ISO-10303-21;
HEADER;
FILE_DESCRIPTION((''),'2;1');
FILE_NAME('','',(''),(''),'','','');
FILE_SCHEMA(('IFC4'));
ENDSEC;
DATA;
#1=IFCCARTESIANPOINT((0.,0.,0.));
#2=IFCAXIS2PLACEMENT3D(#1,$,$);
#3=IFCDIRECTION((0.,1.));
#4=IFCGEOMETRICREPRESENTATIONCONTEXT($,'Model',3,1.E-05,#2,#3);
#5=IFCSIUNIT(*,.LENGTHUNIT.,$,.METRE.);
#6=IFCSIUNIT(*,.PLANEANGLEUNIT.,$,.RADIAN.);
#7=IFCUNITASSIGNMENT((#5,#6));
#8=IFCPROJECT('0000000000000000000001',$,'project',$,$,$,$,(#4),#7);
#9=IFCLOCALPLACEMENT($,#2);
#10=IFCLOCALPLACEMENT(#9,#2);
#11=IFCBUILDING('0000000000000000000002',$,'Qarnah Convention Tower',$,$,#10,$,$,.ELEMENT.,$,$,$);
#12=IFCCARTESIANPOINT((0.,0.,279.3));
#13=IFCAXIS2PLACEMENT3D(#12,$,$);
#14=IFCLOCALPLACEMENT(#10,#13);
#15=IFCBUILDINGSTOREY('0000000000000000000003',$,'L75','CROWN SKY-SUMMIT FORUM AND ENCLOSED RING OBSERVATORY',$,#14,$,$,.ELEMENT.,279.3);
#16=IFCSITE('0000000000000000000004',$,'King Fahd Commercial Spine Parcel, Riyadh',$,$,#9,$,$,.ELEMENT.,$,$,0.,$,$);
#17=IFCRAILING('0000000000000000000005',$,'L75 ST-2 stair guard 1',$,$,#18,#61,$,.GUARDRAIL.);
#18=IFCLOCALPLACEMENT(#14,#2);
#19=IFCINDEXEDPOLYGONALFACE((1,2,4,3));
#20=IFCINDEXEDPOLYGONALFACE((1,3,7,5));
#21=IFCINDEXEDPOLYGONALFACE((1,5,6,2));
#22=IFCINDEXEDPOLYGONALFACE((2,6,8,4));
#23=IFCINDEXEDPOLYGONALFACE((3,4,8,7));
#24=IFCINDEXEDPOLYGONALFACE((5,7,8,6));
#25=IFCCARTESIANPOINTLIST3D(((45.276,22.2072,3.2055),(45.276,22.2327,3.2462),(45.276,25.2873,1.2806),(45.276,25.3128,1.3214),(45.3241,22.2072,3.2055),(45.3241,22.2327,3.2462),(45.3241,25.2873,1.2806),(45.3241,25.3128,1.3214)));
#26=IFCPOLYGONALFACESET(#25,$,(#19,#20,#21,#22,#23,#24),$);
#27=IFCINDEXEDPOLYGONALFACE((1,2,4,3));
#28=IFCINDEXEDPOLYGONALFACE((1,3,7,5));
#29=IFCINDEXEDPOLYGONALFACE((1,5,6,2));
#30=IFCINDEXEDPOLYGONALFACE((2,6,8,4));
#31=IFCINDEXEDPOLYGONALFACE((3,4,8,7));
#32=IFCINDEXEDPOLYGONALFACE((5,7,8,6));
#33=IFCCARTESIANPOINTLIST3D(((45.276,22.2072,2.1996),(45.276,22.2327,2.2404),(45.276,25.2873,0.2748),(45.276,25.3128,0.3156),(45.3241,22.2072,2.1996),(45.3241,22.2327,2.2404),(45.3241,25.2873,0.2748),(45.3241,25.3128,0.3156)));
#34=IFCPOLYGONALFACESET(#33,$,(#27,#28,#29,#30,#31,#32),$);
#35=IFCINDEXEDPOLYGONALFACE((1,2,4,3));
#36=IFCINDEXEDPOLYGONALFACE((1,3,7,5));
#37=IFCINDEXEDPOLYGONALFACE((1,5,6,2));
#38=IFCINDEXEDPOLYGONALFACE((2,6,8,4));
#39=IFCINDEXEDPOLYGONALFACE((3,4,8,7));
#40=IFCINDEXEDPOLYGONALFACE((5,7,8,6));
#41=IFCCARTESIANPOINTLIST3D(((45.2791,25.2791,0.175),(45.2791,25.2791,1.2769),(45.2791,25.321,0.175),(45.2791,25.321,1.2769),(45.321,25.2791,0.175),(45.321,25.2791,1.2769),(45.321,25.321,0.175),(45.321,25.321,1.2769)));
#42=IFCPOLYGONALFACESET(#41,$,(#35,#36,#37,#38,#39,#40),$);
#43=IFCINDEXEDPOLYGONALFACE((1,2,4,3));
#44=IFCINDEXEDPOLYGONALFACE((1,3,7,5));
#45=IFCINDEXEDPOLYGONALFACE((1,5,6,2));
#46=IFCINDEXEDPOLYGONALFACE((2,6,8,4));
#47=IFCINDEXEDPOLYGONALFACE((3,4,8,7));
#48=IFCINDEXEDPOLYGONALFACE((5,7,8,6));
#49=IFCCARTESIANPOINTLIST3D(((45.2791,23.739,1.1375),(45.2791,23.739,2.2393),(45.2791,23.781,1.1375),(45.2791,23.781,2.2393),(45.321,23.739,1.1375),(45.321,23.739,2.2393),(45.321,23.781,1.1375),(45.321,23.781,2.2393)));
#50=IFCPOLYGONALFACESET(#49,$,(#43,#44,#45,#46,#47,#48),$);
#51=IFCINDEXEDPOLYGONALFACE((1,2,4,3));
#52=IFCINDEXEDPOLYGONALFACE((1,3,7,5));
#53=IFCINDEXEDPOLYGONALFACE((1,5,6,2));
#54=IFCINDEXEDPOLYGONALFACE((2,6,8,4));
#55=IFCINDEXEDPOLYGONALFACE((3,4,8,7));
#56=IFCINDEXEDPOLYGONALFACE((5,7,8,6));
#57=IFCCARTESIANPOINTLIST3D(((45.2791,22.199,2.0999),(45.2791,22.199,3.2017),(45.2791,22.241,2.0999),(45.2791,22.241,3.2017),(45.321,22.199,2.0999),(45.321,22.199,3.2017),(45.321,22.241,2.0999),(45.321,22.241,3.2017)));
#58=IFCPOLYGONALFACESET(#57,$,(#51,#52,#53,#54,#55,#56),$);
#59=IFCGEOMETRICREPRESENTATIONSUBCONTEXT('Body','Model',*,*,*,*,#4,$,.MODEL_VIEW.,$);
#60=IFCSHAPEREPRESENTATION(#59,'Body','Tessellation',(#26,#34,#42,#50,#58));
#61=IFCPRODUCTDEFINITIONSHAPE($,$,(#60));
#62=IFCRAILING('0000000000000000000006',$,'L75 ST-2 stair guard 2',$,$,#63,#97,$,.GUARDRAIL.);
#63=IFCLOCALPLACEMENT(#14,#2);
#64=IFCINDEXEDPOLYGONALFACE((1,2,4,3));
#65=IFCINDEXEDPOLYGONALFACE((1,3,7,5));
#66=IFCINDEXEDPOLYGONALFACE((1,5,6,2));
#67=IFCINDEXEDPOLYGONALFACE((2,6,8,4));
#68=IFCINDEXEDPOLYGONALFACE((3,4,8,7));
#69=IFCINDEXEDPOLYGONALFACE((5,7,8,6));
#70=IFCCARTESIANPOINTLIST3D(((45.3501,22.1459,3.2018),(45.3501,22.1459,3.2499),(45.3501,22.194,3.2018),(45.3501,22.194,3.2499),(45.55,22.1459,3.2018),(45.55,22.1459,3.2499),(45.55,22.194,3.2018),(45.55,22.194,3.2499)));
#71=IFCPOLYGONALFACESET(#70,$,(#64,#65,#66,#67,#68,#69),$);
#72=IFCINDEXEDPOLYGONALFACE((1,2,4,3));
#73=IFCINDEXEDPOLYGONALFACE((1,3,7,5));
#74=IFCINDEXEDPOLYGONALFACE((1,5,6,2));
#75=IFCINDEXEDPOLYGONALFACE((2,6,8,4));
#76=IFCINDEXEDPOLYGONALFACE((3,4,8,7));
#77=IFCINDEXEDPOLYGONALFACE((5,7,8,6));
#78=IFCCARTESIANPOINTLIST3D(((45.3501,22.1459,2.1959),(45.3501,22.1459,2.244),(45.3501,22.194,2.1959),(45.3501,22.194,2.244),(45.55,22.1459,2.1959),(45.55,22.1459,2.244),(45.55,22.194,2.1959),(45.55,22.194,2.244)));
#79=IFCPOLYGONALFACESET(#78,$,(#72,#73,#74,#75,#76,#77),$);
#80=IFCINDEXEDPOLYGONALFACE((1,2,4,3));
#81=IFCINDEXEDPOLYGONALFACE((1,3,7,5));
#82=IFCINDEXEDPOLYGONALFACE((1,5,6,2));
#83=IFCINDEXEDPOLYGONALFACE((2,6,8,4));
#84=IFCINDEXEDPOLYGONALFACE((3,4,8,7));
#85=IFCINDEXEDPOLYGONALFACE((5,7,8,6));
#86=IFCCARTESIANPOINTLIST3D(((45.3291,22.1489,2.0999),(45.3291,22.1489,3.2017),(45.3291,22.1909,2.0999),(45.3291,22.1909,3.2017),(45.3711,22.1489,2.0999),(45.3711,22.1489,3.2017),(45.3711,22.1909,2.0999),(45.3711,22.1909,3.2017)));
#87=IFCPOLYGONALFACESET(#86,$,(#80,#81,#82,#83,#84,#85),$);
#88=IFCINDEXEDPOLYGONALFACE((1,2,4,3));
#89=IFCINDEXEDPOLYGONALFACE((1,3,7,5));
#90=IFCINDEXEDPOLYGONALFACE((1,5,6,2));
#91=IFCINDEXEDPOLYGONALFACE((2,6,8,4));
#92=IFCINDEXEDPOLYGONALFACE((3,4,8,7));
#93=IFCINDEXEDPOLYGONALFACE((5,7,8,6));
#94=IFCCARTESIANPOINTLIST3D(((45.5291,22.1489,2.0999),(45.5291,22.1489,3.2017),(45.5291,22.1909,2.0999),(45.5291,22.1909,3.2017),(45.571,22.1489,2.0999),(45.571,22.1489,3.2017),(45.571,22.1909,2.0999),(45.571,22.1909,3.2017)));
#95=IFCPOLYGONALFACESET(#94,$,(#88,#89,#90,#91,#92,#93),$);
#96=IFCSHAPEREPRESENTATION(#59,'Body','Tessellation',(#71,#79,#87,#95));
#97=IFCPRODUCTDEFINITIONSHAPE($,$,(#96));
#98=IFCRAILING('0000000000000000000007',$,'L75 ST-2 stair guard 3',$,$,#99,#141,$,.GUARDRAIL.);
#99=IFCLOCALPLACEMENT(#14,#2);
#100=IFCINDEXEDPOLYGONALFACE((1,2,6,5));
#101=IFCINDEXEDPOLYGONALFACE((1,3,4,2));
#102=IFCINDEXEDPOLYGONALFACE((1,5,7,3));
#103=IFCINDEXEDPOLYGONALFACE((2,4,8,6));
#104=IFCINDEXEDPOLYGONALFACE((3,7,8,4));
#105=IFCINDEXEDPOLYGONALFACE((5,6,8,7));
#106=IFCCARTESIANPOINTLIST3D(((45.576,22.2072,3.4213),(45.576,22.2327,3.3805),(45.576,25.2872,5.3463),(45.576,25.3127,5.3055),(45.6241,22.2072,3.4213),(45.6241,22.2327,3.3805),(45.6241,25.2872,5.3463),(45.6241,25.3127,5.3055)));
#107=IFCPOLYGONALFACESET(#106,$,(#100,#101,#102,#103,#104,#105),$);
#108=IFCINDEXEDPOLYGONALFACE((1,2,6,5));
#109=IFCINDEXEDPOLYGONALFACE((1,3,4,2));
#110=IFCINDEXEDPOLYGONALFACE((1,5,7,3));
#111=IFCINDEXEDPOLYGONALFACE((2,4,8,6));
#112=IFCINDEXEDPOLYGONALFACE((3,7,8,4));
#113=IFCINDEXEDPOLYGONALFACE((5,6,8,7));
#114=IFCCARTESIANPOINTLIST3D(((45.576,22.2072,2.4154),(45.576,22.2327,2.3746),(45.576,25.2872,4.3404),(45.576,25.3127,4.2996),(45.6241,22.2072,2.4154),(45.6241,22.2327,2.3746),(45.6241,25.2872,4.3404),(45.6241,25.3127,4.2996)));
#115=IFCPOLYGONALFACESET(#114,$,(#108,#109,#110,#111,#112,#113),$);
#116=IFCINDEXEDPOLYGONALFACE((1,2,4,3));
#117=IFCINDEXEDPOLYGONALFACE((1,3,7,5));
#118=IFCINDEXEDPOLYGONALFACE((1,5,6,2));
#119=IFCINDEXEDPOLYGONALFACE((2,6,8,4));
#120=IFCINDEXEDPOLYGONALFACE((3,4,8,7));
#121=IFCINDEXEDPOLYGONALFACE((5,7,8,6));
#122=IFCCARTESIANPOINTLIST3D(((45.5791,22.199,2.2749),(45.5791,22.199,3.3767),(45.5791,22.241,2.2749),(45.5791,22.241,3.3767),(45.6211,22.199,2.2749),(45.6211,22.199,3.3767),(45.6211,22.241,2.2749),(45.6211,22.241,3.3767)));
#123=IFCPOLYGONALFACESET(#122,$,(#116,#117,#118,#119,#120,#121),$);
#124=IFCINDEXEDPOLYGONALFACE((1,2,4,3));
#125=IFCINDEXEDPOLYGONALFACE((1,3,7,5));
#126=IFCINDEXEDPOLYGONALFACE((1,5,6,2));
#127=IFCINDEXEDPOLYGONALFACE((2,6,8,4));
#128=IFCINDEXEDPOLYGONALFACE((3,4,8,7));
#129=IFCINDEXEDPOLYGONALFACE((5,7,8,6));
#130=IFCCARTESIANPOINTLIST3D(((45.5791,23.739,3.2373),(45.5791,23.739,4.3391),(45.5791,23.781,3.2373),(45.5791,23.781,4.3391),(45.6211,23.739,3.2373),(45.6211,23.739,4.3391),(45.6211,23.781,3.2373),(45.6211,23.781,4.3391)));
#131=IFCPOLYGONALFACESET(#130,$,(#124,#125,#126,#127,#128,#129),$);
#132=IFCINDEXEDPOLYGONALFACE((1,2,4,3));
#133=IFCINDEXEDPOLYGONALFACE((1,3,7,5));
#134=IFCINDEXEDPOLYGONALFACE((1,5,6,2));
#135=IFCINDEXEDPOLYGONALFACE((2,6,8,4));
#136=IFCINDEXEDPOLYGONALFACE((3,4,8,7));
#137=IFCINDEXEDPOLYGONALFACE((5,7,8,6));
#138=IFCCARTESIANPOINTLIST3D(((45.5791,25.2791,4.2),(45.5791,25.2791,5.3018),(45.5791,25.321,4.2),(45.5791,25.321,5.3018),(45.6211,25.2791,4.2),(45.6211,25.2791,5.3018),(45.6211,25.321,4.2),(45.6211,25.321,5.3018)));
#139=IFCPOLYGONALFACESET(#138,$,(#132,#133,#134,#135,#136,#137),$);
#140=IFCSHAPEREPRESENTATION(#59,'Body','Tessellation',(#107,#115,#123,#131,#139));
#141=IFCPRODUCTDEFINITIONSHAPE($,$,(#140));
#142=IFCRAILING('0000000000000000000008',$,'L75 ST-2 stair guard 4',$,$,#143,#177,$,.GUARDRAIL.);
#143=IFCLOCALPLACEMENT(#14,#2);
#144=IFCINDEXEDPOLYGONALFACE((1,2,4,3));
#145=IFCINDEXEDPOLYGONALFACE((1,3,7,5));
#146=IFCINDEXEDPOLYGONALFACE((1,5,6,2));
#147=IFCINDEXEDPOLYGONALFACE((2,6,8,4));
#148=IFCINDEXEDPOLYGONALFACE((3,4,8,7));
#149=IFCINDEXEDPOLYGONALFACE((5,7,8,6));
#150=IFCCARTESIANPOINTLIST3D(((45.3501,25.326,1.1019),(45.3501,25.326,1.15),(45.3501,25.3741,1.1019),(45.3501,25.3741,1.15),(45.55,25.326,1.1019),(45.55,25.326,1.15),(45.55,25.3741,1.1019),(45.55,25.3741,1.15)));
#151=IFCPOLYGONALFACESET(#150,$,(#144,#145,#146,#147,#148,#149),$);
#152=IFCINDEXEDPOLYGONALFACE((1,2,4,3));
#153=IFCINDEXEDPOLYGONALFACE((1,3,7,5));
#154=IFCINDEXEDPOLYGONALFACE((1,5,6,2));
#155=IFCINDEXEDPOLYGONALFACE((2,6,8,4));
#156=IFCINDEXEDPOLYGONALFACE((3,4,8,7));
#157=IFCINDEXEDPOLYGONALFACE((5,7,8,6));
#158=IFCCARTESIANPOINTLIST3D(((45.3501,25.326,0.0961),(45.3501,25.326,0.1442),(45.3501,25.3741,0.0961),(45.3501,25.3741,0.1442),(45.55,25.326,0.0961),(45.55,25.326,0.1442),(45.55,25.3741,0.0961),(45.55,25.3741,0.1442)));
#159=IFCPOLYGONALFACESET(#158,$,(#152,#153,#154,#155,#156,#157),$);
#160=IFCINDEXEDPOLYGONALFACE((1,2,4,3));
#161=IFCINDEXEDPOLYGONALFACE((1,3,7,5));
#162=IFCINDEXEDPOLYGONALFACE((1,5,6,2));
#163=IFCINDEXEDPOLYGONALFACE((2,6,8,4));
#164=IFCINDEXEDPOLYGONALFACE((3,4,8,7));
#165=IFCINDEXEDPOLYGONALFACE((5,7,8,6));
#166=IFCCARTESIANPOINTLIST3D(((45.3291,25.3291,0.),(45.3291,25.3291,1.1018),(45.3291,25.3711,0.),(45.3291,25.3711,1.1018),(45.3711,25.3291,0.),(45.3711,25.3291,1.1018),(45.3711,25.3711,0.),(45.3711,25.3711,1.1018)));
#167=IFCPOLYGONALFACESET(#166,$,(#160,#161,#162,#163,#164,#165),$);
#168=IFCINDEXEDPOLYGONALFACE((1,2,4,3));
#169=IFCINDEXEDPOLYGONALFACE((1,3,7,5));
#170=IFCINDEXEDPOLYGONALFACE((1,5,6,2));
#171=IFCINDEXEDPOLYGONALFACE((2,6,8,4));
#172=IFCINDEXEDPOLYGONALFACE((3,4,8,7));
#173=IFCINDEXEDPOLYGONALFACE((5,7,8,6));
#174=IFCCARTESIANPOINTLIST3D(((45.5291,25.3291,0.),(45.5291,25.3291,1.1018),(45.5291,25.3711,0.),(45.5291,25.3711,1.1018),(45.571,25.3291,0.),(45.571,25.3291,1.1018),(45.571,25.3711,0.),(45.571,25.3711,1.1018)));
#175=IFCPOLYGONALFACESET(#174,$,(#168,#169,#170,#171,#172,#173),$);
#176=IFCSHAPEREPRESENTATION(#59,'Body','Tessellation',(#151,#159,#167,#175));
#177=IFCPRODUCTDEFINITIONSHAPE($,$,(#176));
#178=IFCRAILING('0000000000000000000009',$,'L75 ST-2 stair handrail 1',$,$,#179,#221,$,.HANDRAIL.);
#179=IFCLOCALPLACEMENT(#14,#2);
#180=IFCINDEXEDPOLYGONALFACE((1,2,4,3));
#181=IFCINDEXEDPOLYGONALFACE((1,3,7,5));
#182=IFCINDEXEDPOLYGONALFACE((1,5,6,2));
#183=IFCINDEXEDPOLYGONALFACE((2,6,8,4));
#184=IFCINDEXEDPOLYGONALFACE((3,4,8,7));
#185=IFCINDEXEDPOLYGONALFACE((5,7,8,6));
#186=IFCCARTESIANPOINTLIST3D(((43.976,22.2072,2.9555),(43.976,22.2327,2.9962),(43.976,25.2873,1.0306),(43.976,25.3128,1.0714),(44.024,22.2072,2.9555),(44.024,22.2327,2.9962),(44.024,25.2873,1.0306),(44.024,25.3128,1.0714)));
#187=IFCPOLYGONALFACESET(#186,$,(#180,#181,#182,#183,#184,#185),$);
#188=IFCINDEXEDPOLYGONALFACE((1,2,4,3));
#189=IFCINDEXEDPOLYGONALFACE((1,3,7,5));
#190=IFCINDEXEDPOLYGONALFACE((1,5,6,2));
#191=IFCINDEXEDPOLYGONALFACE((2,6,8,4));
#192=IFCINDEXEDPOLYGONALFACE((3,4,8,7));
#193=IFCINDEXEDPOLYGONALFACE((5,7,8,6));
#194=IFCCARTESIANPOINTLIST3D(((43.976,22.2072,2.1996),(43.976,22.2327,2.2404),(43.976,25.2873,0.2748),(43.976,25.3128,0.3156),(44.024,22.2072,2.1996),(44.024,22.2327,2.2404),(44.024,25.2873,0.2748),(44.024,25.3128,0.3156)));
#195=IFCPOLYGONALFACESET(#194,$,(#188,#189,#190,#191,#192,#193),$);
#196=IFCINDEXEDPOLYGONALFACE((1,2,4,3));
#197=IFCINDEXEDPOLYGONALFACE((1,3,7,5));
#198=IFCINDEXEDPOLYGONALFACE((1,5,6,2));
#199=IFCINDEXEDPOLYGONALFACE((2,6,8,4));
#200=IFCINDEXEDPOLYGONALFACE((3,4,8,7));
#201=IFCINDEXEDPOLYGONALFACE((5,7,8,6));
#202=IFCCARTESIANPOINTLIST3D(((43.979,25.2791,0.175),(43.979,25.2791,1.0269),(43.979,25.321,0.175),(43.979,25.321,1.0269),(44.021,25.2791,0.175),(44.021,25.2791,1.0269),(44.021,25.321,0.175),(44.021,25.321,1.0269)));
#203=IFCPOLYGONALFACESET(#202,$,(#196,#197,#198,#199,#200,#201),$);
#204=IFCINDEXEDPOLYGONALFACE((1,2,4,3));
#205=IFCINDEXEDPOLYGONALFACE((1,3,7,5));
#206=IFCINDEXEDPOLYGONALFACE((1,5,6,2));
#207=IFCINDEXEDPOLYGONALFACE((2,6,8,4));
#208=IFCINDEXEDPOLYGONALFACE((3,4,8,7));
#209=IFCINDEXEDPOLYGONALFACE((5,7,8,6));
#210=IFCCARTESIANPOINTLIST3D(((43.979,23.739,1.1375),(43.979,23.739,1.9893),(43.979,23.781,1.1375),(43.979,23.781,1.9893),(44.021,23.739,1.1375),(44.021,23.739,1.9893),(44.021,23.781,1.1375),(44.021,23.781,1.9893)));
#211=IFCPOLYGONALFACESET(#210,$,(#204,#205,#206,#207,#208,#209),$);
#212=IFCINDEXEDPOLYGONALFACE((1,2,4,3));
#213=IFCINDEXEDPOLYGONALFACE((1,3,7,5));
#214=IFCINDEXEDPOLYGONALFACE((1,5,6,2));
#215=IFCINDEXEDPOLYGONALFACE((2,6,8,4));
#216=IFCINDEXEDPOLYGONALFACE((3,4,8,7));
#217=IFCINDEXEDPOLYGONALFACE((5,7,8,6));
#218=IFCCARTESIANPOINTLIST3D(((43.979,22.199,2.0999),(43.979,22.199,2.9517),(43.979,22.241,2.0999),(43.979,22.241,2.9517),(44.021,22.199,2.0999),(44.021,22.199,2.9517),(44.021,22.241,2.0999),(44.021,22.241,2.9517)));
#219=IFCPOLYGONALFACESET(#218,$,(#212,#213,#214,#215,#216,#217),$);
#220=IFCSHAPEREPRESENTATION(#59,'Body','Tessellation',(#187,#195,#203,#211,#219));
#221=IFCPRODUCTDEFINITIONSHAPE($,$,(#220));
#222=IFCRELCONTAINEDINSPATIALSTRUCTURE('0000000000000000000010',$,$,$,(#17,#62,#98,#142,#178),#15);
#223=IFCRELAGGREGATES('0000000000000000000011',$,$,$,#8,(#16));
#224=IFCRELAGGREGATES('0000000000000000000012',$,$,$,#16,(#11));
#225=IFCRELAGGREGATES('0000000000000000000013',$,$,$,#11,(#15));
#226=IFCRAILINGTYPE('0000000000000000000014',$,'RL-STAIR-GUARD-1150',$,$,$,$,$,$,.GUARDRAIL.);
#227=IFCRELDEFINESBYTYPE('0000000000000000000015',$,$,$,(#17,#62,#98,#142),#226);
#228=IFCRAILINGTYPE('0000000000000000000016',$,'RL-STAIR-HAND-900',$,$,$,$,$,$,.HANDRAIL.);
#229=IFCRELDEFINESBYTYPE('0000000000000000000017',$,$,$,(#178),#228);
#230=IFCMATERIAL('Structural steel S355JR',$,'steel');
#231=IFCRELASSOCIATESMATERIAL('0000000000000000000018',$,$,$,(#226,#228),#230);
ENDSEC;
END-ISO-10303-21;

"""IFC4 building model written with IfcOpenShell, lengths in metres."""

from ifc_helpers import new_model, si_unit, direction, frame, origin, origin_2d, place, context, subcontext, project, spatial, rectangle, extrude, material, type_object, element, save


model = new_model("IFC4")

# Units and contexts
model_context = context("Model", 3, precision=1e-05, world=origin(), true_north=direction((0.0, 1.0)))
body_context = subcontext(model_context, "Body", "Model", "MODEL_VIEW")
ifc_project = project(units=[si_unit("LENGTHUNIT", "METRE"), si_unit("PLANEANGLEUNIT", "RADIAN")], contexts=[model_context])

# Site, building, storey
site_placement = place(None, origin())
site = spatial("IfcSite", under=ifc_project, at=site_placement, Name="King Fahd Commercial Spine Parcel, Riyadh", CompositionType="ELEMENT", RefElevation=0.0)
building_placement = place(site_placement, origin())
building = spatial("IfcBuilding", under=site, at=building_placement, Name="Qarnah Convention Tower", CompositionType="ELEMENT")
storey_placement = place(building_placement, frame((0.0, 0.0, 279.3)))
storey = spatial("IfcBuildingStorey", under=building, at=storey_placement, Name="L75", Description="CROWN SKY-SUMMIT FORUM AND ENCLOSED RING OBSERVATORY", CompositionType="ELEMENT", Elevation=279.3)

# Shared definitions
ifc_material_1 = material(Name="Structural steel S355JR", Category="steel")

# Railings
railing_type_1 = type_object("IfcRailingType", Name="RL-STAIR-GUARD-1150", PredefinedType="GUARDRAIL", material=ifc_material_1)
railing_1_placement = place(storey_placement, frame((45.3, 25.3, 0.175)))
element("IfcRailing", 1, at=railing_1_placement, inside=storey, type_object=railing_type_1, Name="L75 ST-2 stair guard 1", PredefinedType="GUARDRAIL", context=body_context, shape_type="SweptSolid", body=[
    extrude(rectangle(XDim=0.0481, YDim=0.0481, at=origin_2d()), frame((0.0, 0.0, 1.126), z_axis=(0.0, -0.848029, 0.529951), x_axis=(1.0, 0.0, 0.0)), (0.0, 0.0, 1.0), 3.6321),
    extrude(rectangle(XDim=0.0481, YDim=0.0481, at=origin_2d()), frame((0.0, 0.0, 0.1201), z_axis=(0.0, -0.848029, 0.529951), x_axis=(1.0, 0.0, 0.0)), (0.0, 0.0, 1.0), 3.6321),
    extrude(rectangle(XDim=0.042, YDim=0.042, at=origin_2d()), origin(), (0.0, 0.0, 1.0), 1.1018),
    extrude(rectangle(XDim=0.042, YDim=0.042, at=origin_2d()), frame((0.0, -1.54, 0.9624)), (0.0, 0.0, 1.0), 1.1018),
    extrude(rectangle(XDim=0.042, YDim=0.042, at=origin_2d()), frame((0.0, -3.0801, 1.9248)), (0.0, 0.0, 1.0), 1.1018),
])
railing_2_placement = place(storey_placement, frame((45.3501, 22.1699, 2.0999)))
element("IfcRailing", 2, at=railing_2_placement, inside=storey, type_object=railing_type_1, Name="L75 ST-2 stair guard 2", PredefinedType="GUARDRAIL", context=body_context, shape_type="SweptSolid", body=[
    extrude(rectangle(XDim=0.0481, YDim=0.0481, at=origin_2d()), frame((0.0, 0.0, 1.126), z_axis=(1.0, 0.0, 0.0), x_axis=(0.0, 1.0, 0.0)), (0.0, 0.0, 1.0), 0.2),
    extrude(rectangle(XDim=0.0481, YDim=0.0481, at=origin_2d()), frame((0.0, 0.0, 0.1201), z_axis=(1.0, 0.0, 0.0), x_axis=(0.0, 1.0, 0.0)), (0.0, 0.0, 1.0), 0.2),
    extrude(rectangle(XDim=0.042, YDim=0.042, at=origin_2d()), origin(), (0.0, 0.0, 1.0), 1.1018),
    extrude(rectangle(XDim=0.042, YDim=0.042, at=origin_2d()), frame((0.2, 0.0, 0.0)), (0.0, 0.0, 1.0), 1.1018),
])
railing_3_placement = place(storey_placement, frame((45.6001, 22.22, 2.2749)))
element("IfcRailing", 3, at=railing_3_placement, inside=storey, type_object=railing_type_1, Name="L75 ST-2 stair guard 3", PredefinedType="GUARDRAIL", context=body_context, shape_type="SweptSolid", body=[
    extrude(rectangle(XDim=0.0481, YDim=0.0481, at=origin_2d()), frame((0.0, 0.0, 1.126), z_axis=(0.0, 0.847998, 0.529999), x_axis=(-1.0, 0.0, 0.0)), (0.0, 0.0, 1.0), 3.6321),
    extrude(rectangle(XDim=0.0481, YDim=0.0481, at=origin_2d()), frame((0.0, 0.0, 0.1201), z_axis=(0.0, 0.847998, 0.529999), x_axis=(-1.0, 0.0, 0.0)), (0.0, 0.0, 1.0), 3.6321),
    extrude(rectangle(XDim=0.042, YDim=0.042, at=origin_2d()), origin(), (0.0, 0.0, 1.0), 1.1018),
    extrude(rectangle(XDim=0.042, YDim=0.042, at=origin_2d()), frame((0.0, 1.54, 0.9624)), (0.0, 0.0, 1.0), 1.1018),
    extrude(rectangle(XDim=0.042, YDim=0.042, at=origin_2d()), frame((0.0, 3.0801, 1.925)), (0.0, 0.0, 1.0), 1.1018),
])
railing_4_placement = place(storey_placement, frame((45.3501, 25.3501, 0.0)))
element("IfcRailing", 4, at=railing_4_placement, inside=storey, type_object=railing_type_1, Name="L75 ST-2 stair guard 4", PredefinedType="GUARDRAIL", context=body_context, shape_type="SweptSolid", body=[
    extrude(rectangle(XDim=0.0481, YDim=0.0481, at=origin_2d()), frame((0.0, 0.0, 1.126), z_axis=(1.0, 0.0, 0.0), x_axis=(0.0, 1.0, 0.0)), (0.0, 0.0, 1.0), 0.2),
    extrude(rectangle(XDim=0.0481, YDim=0.0481, at=origin_2d()), frame((0.0, 0.0, 0.1201), z_axis=(1.0, 0.0, 0.0), x_axis=(0.0, 1.0, 0.0)), (0.0, 0.0, 1.0), 0.2),
    extrude(rectangle(XDim=0.042, YDim=0.042, at=origin_2d()), origin(), (0.0, 0.0, 1.0), 1.1018),
    extrude(rectangle(XDim=0.042, YDim=0.042, at=origin_2d()), frame((0.2, 0.0, 0.0)), (0.0, 0.0, 1.0), 1.1018),
])
railing_type_2 = type_object("IfcRailingType", Name="RL-STAIR-HAND-900", PredefinedType="HANDRAIL", material=ifc_material_1)
railing_5_placement = place(storey_placement, frame((44.0, 25.3, 0.175)))
element("IfcRailing", 5, at=railing_5_placement, inside=storey, type_object=railing_type_2, Name="L75 ST-2 stair handrail 1", PredefinedType="HANDRAIL", context=body_context, shape_type="SweptSolid", body=[
    extrude(rectangle(XDim=0.0481, YDim=0.0481, at=origin_2d()), frame((0.0, 0.0, 0.876), z_axis=(0.0, -0.848029, 0.529951), x_axis=(1.0, 0.0, 0.0)), (0.0, 0.0, 1.0), 3.6321),
    extrude(rectangle(XDim=0.0481, YDim=0.0481, at=origin_2d()), frame((0.0, 0.0, 0.1201), z_axis=(0.0, -0.848029, 0.529951), x_axis=(1.0, 0.0, 0.0)), (0.0, 0.0, 1.0), 3.6321),
    extrude(rectangle(XDim=0.042, YDim=0.042, at=origin_2d()), origin(), (0.0, 0.0, 1.0), 0.8518),
    extrude(rectangle(XDim=0.042, YDim=0.042, at=origin_2d()), frame((0.0, -1.54, 0.9624)), (0.0, 0.0, 1.0), 0.8518),
    extrude(rectangle(XDim=0.042, YDim=0.042, at=origin_2d()), frame((0.0, -3.0801, 1.9248)), (0.0, 0.0, 1.0), 0.8518),
])

save(model, "model.ifc")
